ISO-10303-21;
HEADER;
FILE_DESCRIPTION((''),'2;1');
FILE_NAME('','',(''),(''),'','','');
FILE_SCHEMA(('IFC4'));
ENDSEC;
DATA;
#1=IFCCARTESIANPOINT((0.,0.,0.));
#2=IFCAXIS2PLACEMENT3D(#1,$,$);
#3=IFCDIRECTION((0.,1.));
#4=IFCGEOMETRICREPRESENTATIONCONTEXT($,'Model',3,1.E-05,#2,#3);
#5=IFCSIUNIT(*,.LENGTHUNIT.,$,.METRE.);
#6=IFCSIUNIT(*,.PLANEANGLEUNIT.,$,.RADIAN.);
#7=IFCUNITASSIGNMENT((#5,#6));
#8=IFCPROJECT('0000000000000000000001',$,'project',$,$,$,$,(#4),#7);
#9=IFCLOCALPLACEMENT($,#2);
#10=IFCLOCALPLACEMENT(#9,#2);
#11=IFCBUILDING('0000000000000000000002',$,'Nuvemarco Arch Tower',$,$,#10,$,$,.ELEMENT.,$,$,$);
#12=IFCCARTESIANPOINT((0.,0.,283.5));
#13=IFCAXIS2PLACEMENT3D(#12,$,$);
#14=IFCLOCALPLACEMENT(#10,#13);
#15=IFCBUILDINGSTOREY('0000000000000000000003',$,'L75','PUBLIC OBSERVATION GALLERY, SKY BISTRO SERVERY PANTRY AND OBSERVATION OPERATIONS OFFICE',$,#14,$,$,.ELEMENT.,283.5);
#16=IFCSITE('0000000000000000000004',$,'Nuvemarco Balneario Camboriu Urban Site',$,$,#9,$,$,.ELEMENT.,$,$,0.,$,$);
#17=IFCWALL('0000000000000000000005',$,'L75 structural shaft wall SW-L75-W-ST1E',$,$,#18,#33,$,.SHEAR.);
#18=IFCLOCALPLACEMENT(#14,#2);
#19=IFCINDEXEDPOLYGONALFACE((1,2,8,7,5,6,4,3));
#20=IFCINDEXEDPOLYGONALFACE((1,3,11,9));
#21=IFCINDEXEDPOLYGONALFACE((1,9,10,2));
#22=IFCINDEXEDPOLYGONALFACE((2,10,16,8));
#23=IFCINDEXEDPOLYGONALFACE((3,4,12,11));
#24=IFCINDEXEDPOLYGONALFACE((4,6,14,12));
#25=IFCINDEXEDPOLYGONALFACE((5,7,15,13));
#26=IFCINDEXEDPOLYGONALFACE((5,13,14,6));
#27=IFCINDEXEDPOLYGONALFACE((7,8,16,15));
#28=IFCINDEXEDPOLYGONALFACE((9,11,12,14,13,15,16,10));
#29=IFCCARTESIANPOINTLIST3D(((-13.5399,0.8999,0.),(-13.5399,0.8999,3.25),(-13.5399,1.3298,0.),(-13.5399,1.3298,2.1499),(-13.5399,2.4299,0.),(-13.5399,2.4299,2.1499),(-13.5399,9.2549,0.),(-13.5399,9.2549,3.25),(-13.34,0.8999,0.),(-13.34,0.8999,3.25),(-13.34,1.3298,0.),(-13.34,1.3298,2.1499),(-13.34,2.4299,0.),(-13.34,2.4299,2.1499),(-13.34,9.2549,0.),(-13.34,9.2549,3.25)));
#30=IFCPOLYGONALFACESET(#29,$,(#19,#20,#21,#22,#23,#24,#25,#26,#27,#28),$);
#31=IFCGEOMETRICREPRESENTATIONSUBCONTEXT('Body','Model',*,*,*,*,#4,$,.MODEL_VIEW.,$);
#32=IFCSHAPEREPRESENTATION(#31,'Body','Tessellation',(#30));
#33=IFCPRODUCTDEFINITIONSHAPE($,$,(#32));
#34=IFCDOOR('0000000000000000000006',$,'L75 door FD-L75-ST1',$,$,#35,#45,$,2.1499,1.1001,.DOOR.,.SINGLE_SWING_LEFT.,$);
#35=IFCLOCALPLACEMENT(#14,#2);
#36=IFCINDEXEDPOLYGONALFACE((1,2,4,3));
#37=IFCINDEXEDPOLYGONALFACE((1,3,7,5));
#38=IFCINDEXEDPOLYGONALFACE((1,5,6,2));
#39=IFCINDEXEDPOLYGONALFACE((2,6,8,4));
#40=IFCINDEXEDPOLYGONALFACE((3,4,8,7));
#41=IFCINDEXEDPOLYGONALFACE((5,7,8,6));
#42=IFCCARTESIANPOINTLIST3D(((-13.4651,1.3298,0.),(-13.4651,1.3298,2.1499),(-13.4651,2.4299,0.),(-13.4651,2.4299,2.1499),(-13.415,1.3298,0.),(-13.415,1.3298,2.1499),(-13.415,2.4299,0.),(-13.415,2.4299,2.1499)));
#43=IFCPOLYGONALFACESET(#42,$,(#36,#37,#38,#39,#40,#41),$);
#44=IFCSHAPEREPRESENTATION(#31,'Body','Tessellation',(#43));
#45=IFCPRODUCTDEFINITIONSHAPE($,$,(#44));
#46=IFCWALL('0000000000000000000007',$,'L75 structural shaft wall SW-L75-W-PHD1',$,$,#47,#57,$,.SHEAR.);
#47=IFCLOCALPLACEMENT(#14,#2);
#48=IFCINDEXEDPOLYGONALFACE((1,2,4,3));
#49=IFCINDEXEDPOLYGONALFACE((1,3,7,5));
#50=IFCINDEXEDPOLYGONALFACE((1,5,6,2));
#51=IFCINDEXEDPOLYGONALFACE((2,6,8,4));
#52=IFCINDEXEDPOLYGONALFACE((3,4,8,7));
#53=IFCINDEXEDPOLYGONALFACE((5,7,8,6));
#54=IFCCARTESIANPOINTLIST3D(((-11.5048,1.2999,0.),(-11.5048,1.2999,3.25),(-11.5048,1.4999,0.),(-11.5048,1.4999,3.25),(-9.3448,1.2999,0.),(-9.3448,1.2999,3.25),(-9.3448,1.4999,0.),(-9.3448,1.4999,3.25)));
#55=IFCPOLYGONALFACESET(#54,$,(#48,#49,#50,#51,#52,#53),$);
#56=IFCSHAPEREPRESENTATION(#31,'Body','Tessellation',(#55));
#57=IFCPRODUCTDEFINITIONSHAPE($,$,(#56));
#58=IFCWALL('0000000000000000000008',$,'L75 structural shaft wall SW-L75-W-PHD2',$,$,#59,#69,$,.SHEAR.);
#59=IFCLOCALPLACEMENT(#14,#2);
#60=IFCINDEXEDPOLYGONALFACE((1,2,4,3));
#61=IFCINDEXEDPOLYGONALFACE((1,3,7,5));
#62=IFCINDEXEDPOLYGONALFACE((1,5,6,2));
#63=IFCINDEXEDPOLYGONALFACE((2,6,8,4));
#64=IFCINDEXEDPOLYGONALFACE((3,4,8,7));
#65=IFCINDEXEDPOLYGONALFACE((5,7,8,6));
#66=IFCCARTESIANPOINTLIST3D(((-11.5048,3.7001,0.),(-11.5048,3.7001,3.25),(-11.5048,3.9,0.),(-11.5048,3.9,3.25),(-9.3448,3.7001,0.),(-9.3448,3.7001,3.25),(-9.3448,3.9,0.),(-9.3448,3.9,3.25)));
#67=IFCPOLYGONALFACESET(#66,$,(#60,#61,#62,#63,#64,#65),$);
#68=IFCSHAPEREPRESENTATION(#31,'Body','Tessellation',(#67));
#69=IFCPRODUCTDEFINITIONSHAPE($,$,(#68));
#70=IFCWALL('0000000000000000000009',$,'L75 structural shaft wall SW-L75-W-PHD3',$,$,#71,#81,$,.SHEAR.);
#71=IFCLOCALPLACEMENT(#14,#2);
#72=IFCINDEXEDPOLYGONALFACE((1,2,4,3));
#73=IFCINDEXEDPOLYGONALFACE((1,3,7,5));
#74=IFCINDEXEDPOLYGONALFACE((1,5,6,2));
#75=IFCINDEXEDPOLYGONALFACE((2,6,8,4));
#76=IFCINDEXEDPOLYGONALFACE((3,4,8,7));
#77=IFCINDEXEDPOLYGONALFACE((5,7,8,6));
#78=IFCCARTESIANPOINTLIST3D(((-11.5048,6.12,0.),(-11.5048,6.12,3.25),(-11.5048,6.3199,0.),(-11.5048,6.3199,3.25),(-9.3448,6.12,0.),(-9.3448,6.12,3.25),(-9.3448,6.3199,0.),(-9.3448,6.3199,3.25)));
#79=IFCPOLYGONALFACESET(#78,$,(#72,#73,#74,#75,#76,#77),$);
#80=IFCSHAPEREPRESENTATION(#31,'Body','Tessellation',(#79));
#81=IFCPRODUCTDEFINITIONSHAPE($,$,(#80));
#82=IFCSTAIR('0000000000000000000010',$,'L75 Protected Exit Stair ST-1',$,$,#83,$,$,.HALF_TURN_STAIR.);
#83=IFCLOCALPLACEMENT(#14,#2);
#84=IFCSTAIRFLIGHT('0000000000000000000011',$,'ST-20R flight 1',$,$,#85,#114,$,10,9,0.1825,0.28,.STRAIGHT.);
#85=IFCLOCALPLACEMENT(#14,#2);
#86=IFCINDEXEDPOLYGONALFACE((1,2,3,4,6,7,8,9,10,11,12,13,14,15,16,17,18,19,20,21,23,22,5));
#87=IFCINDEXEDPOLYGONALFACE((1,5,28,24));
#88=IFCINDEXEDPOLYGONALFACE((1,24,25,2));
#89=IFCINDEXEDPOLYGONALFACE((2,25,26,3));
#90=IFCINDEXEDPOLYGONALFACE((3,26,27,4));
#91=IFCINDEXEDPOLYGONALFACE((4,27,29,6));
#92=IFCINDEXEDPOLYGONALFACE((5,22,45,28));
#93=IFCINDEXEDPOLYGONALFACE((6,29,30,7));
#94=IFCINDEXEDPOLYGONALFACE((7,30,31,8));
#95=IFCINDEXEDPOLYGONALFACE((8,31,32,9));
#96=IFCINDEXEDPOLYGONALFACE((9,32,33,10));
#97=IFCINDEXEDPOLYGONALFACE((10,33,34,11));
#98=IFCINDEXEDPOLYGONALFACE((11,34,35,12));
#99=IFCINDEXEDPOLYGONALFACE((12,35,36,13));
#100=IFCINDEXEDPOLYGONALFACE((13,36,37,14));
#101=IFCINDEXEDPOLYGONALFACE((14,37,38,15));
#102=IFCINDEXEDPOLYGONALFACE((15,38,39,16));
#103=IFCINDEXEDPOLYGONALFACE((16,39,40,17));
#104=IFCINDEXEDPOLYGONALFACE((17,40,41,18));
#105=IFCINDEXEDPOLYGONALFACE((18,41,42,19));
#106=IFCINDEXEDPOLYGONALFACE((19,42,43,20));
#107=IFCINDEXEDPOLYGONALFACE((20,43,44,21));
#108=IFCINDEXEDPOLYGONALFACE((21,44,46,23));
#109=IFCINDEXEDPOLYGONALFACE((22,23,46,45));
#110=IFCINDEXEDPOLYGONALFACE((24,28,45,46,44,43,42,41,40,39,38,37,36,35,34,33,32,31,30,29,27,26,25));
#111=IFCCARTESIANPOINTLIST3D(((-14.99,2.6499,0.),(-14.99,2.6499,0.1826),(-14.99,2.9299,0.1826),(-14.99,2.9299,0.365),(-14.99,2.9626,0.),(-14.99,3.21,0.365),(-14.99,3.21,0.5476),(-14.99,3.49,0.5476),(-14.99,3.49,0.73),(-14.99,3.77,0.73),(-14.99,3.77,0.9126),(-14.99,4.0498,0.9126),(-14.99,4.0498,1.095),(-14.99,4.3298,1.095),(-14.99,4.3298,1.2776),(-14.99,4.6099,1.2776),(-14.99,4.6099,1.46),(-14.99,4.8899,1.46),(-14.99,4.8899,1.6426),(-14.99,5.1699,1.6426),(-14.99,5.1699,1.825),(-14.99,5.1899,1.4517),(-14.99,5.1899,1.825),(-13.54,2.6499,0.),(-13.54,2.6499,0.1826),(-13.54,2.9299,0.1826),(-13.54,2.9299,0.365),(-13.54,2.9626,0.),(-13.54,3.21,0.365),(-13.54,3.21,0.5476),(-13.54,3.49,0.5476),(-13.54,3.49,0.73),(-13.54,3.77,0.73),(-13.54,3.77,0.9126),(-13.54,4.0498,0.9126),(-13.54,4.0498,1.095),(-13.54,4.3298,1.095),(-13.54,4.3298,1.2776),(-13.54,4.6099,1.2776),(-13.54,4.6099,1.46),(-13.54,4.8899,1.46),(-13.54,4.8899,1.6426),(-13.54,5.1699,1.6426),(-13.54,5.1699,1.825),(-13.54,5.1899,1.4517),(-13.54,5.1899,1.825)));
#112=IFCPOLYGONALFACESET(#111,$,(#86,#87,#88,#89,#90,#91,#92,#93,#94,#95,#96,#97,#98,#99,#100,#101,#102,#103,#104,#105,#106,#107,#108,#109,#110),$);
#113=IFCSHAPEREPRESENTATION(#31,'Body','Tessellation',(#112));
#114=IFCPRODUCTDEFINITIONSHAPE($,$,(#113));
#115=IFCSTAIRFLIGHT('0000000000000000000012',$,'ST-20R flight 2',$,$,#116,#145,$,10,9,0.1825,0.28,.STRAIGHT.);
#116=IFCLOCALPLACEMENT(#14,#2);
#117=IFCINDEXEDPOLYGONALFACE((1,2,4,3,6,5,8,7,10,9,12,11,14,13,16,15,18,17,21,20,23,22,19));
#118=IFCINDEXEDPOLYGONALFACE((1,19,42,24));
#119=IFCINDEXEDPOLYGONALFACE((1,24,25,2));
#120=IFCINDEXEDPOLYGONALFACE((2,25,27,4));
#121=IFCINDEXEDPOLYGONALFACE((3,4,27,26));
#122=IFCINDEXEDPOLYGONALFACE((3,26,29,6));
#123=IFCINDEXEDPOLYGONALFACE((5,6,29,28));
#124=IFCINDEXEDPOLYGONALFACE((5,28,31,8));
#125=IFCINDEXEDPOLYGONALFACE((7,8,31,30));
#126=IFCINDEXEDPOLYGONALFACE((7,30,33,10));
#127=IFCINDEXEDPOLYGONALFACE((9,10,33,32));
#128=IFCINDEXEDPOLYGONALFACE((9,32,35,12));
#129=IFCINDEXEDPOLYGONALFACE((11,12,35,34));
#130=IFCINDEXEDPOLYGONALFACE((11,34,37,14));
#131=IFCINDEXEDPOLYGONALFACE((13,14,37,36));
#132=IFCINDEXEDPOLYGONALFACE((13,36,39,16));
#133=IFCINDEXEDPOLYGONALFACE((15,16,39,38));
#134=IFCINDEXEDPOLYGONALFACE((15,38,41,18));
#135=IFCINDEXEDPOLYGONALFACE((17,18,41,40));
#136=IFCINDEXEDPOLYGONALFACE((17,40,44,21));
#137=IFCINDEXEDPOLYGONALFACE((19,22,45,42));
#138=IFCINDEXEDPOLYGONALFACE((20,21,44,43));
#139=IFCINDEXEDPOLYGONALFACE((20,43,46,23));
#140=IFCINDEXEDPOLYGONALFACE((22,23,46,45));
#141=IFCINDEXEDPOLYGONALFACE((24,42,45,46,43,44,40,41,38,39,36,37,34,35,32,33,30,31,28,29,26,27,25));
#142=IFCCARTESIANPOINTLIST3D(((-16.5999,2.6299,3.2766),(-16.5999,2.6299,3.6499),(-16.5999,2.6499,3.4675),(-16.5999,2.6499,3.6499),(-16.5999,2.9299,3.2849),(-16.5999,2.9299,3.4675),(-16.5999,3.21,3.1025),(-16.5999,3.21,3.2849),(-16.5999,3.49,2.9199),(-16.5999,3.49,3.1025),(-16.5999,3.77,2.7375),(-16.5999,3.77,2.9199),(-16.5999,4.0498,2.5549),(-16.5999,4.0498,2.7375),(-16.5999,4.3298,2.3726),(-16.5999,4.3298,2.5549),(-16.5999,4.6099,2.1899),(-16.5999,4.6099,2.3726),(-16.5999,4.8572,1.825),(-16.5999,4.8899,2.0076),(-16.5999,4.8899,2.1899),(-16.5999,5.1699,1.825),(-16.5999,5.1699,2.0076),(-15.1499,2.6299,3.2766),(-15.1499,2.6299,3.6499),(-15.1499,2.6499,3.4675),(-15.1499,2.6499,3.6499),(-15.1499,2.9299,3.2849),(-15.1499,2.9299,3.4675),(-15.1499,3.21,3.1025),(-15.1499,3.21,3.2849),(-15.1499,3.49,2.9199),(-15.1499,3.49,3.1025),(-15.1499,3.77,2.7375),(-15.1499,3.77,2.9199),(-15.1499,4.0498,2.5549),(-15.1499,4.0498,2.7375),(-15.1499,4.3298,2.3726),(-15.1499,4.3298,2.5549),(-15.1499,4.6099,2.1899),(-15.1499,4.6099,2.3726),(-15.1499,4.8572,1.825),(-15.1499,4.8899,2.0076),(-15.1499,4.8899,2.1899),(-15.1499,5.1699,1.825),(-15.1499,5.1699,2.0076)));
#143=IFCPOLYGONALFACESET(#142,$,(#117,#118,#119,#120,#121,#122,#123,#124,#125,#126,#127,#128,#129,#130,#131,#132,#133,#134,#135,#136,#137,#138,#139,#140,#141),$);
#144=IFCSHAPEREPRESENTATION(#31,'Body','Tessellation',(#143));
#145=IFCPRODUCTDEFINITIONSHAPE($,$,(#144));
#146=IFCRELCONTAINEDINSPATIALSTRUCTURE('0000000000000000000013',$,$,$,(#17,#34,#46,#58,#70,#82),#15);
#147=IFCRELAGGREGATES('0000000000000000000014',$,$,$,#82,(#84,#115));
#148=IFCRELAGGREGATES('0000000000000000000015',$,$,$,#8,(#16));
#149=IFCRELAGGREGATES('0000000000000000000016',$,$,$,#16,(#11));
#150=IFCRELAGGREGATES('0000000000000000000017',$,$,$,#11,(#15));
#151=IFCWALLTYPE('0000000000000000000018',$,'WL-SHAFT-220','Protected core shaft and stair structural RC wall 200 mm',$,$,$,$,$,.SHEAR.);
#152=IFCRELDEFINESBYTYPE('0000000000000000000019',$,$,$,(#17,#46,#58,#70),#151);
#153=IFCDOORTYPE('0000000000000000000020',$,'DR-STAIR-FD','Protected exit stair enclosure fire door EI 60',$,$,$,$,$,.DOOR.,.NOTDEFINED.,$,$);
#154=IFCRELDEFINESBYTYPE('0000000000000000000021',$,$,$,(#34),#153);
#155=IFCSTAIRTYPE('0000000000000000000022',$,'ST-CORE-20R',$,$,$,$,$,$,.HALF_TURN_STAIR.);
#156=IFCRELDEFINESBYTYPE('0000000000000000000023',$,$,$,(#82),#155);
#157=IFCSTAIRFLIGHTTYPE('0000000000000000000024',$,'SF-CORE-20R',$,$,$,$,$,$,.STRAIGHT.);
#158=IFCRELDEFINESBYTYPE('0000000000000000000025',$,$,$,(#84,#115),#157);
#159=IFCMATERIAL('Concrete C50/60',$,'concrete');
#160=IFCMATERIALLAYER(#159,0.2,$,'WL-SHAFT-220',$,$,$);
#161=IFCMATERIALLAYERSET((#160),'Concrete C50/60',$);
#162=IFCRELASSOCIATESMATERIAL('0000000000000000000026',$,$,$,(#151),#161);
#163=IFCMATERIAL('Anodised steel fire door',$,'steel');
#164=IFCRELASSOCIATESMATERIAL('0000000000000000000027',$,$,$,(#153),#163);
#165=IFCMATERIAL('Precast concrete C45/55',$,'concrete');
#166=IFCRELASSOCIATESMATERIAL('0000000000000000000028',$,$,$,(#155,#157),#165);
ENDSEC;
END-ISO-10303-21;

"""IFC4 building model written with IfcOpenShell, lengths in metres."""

from ifc_helpers import new_model, si_unit, direction, frame, frame_2d, origin, place, context, subcontext, project, spatial, polyline, rectangle, outline, extrude, source, transform, mapped, material, layer, layer_set, type_object, type_shapes, element, fill, aggregate, save


model = new_model("IFC4")

# Units and contexts
model_context = context("Model", 3, precision=1e-05, world=origin(), true_north=direction((0.0, 1.0)))
body_context = subcontext(model_context, "Body", "Model", "MODEL_VIEW")
ifc_project = project(units=[si_unit("LENGTHUNIT", "METRE"), si_unit("PLANEANGLEUNIT", "RADIAN")], contexts=[model_context])

# Site, building, storey
site_placement = place(None, origin())
site = spatial("IfcSite", under=ifc_project, at=site_placement, Name="Nuvemarco Balneario Camboriu Urban Site", CompositionType="ELEMENT", RefElevation=0.0)
building_placement = place(site_placement, origin())
building = spatial("IfcBuilding", under=site, at=building_placement, Name="Nuvemarco Arch Tower", CompositionType="ELEMENT")
storey_placement = place(building_placement, frame((0.0, 0.0, 283.5)))
storey = spatial("IfcBuildingStorey", under=building, at=storey_placement, Name="L75", Description="PUBLIC OBSERVATION GALLERY, SKY BISTRO SERVERY PANTRY AND OBSERVATION OPERATIONS OFFICE", CompositionType="ELEMENT", Elevation=283.5)

# Shared definitions
ifc_material_1 = material(Name="Concrete C50/60", Category="concrete")

# Wall, opening, door
ifc_layer_1 = layer(ifc_material_1, 0.2, Name="WL-SHAFT-220")
ifc_layer_set_1 = layer_set([ifc_layer_1], Name="Concrete C50/60")
wall_type_1 = type_object("IfcWallType", Name="WL-SHAFT-220", Description="Protected core shaft and stair structural RC wall 200 mm", PredefinedType="SHEAR", material=ifc_layer_set_1)
wall_1_placement = place(storey_placement, frame((-13.4399, 0.8999, 0.0), z_axis=(0.0, 0.0, 1.0), x_axis=(0.0, 1.0, 0.0)))
wall_1 = element("IfcWall", 1, at=wall_1_placement, inside=storey, type_object=wall_type_1, Name="L75 structural shaft wall SW-L75-W-ST1E", PredefinedType="SHEAR", context=body_context, shape_type="SweptSolid", body=[
    extrude(rectangle(XDim=8.355, YDim=0.2, at=frame_2d((4.1775, 0.0))), origin(), (0.0, 0.0, 1.0), 3.25),
])
opening_1_placement = place(wall_1_placement, frame((1.53, 0.0, 0.0), z_axis=(0.0, 0.0, 1.0), x_axis=(-1.0, 0.0, 0.0)))
opening_1 = element("IfcOpeningElement", 2, at=opening_1_placement, cuts=wall_1, PredefinedType="OPENING", context=body_context, shape_type="SweptSolid", body=[
    extrude(rectangle(XDim=1.1001, YDim=2.1499, at=frame_2d((0.55, 1.075))), frame((0.0, 0.1099, 0.0), z_axis=(0.0, -1.0, 0.0), x_axis=(1.0, 0.0, 0.0)), (0.0, 0.0, 1.0), 0.22),
])
ifc_material_2 = material(Name="Anodised steel fire door", Category="steel")
door_type_1 = type_object("IfcDoorType", Name="DR-STAIR-FD", Description="Protected exit stair enclosure fire door EI 60", OperationType="NOTDEFINED", PredefinedType="DOOR", material=ifc_material_2)
shared_shape_1 = source(origin(), body_context, "Body", "SweptSolid", [
    extrude(rectangle(XDim=1.1001, YDim=2.1499, at=frame_2d((0.55, 1.075))), frame((0.0, 0.0249, 0.0), z_axis=(0.0, -1.0, 0.0), x_axis=(1.0, 0.0, 0.0)), (0.0, 0.0, 1.0), 0.05),
])
type_shapes(door_type_1, [shared_shape_1])
door_1_placement = place(opening_1_placement, origin())
door_1 = element("IfcDoor", 3, at=door_1_placement, inside=storey, type_object=door_type_1, Name="L75 door FD-L75-ST1", OperationType="SINGLE_SWING_LEFT", OverallHeight=2.1499, OverallWidth=1.1001, PredefinedType="DOOR", context=body_context, shape_type="MappedRepresentation", body=[
    mapped(shared_shape_1, transform((0.0, 0.0, 0.0), scale=1.0)),
])
fill(opening_1, door_1)

# Walls
for number, where, z_axis, x_axis, name in (
    (4, (-11.5049, 1.3999, 0.0), (0.0, 0.0, 1.0), (1.0, 0.0, 0.0), "L75 structural shaft wall SW-L75-W-PHD1"),
    (5, (-11.5049, 3.8, 0.0), (0.0, 0.0, 1.0), (1.0, 0.0, 0.0), "L75 structural shaft wall SW-L75-W-PHD2"),
    (6, (-11.5049, 6.22, 0.0), (0.0, 0.0, 1.0), (1.0, 0.0, 0.0), "L75 structural shaft wall SW-L75-W-PHD3"),
):
    element("IfcWall", number, at=place(storey_placement, frame(where, z_axis=z_axis, x_axis=x_axis)), inside=storey, type_object=wall_type_1, Name=name, PredefinedType="SHEAR", context=body_context, shape_type="SweptSolid", body=[
        extrude(rectangle(XDim=2.1599, YDim=0.2, at=frame_2d((1.0801, 0.0))), origin(), (0.0, 0.0, 1.0), 3.25),
    ])

# Stair, stair flights
ifc_material_3 = material(Name="Precast concrete C45/55", Category="concrete")
stair_type = type_object("IfcStairType", Name="ST-CORE-20R", PredefinedType="HALF_TURN_STAIR", material=ifc_material_3)
stair_placement = place(storey_placement, origin())
stair = element("IfcStair", 7, at=stair_placement, inside=storey, type_object=stair_type, Name="L75 Protected Exit Stair ST-1", PredefinedType="HALF_TURN_STAIR")
stair_flight_type = type_object("IfcStairFlightType", Name="SF-CORE-20R", PredefinedType="STRAIGHT", material=ifc_material_3)
stair_flight_1_placement = place(storey_placement, frame((-14.2649, 2.6499, 0.0), z_axis=(0.0, 0.0, 1.0), x_axis=(0.0, 1.0, 0.0)))
stair_flight_1 = element("IfcStairFlight", 8, at=stair_flight_1_placement, type_object=stair_flight_type, Name="ST-20R flight 1", NumberOfRisers=10, NumberOfTreads=9, PredefinedType="STRAIGHT", RiserHeight=0.1825, TreadLength=0.28, context=body_context, shape_type="SweptSolid", body=[
    extrude(outline(polyline([(0.0, 0.0), (0.0, 0.1826), (0.28, 0.1826), (0.28, 0.365), (0.5601, 0.365), (0.5601, 0.5476), (0.8401, 0.5476), (0.8401, 0.73), (1.1201, 0.73), (1.1201, 0.9126), (1.3999, 0.9126), (1.3999, 1.095), (1.6799, 1.095), (1.6799, 1.2776), (1.96, 1.2776), (1.96, 1.46), (2.24, 1.46), (2.24, 1.6426), (2.52, 1.6426), (2.52, 1.825), (2.54, 1.825), (2.54, 1.4517), (0.3127, 0.0), (0.0, 0.0)])), frame((0.0, 0.7251, 0.0), z_axis=(0.0, -1.0, 0.0), x_axis=(1.0, 0.0, 0.0)), (0.0, 0.0, 1.0), 1.45),
])
stair_flight_2_placement = place(storey_placement, frame((-15.875, 5.1699, 1.825), z_axis=(0.0, 0.0, 1.0), x_axis=(0.0, -1.0, 0.0)))
stair_flight_2 = element("IfcStairFlight", 9, at=stair_flight_2_placement, type_object=stair_flight_type, Name="ST-20R flight 2", NumberOfRisers=10, NumberOfTreads=9, PredefinedType="STRAIGHT", RiserHeight=0.1825, TreadLength=0.28, context=body_context, shape_type="SweptSolid", body=[
    extrude(outline(polyline([(0.0, 0.0), (0.0, 0.1826), (0.28, 0.1826), (0.28, 0.365), (0.5601, 0.365), (0.5601, 0.5476), (0.8401, 0.5476), (0.8401, 0.73), (1.1201, 0.73), (1.1201, 0.9126), (1.3999, 0.9126), (1.3999, 1.095), (1.6799, 1.095), (1.6799, 1.2776), (1.96, 1.2776), (1.96, 1.46), (2.24, 1.46), (2.24, 1.6426), (2.52, 1.6426), (2.52, 1.825), (2.54, 1.825), (2.54, 1.4517), (0.3127, 0.0), (0.0, 0.0)])), frame((0.0, 0.7251, 0.0), z_axis=(0.0, -1.0, 0.0), x_axis=(1.0, 0.0, 0.0)), (0.0, 0.0, 1.0), 1.45),
])
aggregate(stair, [stair_flight_1, stair_flight_2])

save(model, "model.ifc")
